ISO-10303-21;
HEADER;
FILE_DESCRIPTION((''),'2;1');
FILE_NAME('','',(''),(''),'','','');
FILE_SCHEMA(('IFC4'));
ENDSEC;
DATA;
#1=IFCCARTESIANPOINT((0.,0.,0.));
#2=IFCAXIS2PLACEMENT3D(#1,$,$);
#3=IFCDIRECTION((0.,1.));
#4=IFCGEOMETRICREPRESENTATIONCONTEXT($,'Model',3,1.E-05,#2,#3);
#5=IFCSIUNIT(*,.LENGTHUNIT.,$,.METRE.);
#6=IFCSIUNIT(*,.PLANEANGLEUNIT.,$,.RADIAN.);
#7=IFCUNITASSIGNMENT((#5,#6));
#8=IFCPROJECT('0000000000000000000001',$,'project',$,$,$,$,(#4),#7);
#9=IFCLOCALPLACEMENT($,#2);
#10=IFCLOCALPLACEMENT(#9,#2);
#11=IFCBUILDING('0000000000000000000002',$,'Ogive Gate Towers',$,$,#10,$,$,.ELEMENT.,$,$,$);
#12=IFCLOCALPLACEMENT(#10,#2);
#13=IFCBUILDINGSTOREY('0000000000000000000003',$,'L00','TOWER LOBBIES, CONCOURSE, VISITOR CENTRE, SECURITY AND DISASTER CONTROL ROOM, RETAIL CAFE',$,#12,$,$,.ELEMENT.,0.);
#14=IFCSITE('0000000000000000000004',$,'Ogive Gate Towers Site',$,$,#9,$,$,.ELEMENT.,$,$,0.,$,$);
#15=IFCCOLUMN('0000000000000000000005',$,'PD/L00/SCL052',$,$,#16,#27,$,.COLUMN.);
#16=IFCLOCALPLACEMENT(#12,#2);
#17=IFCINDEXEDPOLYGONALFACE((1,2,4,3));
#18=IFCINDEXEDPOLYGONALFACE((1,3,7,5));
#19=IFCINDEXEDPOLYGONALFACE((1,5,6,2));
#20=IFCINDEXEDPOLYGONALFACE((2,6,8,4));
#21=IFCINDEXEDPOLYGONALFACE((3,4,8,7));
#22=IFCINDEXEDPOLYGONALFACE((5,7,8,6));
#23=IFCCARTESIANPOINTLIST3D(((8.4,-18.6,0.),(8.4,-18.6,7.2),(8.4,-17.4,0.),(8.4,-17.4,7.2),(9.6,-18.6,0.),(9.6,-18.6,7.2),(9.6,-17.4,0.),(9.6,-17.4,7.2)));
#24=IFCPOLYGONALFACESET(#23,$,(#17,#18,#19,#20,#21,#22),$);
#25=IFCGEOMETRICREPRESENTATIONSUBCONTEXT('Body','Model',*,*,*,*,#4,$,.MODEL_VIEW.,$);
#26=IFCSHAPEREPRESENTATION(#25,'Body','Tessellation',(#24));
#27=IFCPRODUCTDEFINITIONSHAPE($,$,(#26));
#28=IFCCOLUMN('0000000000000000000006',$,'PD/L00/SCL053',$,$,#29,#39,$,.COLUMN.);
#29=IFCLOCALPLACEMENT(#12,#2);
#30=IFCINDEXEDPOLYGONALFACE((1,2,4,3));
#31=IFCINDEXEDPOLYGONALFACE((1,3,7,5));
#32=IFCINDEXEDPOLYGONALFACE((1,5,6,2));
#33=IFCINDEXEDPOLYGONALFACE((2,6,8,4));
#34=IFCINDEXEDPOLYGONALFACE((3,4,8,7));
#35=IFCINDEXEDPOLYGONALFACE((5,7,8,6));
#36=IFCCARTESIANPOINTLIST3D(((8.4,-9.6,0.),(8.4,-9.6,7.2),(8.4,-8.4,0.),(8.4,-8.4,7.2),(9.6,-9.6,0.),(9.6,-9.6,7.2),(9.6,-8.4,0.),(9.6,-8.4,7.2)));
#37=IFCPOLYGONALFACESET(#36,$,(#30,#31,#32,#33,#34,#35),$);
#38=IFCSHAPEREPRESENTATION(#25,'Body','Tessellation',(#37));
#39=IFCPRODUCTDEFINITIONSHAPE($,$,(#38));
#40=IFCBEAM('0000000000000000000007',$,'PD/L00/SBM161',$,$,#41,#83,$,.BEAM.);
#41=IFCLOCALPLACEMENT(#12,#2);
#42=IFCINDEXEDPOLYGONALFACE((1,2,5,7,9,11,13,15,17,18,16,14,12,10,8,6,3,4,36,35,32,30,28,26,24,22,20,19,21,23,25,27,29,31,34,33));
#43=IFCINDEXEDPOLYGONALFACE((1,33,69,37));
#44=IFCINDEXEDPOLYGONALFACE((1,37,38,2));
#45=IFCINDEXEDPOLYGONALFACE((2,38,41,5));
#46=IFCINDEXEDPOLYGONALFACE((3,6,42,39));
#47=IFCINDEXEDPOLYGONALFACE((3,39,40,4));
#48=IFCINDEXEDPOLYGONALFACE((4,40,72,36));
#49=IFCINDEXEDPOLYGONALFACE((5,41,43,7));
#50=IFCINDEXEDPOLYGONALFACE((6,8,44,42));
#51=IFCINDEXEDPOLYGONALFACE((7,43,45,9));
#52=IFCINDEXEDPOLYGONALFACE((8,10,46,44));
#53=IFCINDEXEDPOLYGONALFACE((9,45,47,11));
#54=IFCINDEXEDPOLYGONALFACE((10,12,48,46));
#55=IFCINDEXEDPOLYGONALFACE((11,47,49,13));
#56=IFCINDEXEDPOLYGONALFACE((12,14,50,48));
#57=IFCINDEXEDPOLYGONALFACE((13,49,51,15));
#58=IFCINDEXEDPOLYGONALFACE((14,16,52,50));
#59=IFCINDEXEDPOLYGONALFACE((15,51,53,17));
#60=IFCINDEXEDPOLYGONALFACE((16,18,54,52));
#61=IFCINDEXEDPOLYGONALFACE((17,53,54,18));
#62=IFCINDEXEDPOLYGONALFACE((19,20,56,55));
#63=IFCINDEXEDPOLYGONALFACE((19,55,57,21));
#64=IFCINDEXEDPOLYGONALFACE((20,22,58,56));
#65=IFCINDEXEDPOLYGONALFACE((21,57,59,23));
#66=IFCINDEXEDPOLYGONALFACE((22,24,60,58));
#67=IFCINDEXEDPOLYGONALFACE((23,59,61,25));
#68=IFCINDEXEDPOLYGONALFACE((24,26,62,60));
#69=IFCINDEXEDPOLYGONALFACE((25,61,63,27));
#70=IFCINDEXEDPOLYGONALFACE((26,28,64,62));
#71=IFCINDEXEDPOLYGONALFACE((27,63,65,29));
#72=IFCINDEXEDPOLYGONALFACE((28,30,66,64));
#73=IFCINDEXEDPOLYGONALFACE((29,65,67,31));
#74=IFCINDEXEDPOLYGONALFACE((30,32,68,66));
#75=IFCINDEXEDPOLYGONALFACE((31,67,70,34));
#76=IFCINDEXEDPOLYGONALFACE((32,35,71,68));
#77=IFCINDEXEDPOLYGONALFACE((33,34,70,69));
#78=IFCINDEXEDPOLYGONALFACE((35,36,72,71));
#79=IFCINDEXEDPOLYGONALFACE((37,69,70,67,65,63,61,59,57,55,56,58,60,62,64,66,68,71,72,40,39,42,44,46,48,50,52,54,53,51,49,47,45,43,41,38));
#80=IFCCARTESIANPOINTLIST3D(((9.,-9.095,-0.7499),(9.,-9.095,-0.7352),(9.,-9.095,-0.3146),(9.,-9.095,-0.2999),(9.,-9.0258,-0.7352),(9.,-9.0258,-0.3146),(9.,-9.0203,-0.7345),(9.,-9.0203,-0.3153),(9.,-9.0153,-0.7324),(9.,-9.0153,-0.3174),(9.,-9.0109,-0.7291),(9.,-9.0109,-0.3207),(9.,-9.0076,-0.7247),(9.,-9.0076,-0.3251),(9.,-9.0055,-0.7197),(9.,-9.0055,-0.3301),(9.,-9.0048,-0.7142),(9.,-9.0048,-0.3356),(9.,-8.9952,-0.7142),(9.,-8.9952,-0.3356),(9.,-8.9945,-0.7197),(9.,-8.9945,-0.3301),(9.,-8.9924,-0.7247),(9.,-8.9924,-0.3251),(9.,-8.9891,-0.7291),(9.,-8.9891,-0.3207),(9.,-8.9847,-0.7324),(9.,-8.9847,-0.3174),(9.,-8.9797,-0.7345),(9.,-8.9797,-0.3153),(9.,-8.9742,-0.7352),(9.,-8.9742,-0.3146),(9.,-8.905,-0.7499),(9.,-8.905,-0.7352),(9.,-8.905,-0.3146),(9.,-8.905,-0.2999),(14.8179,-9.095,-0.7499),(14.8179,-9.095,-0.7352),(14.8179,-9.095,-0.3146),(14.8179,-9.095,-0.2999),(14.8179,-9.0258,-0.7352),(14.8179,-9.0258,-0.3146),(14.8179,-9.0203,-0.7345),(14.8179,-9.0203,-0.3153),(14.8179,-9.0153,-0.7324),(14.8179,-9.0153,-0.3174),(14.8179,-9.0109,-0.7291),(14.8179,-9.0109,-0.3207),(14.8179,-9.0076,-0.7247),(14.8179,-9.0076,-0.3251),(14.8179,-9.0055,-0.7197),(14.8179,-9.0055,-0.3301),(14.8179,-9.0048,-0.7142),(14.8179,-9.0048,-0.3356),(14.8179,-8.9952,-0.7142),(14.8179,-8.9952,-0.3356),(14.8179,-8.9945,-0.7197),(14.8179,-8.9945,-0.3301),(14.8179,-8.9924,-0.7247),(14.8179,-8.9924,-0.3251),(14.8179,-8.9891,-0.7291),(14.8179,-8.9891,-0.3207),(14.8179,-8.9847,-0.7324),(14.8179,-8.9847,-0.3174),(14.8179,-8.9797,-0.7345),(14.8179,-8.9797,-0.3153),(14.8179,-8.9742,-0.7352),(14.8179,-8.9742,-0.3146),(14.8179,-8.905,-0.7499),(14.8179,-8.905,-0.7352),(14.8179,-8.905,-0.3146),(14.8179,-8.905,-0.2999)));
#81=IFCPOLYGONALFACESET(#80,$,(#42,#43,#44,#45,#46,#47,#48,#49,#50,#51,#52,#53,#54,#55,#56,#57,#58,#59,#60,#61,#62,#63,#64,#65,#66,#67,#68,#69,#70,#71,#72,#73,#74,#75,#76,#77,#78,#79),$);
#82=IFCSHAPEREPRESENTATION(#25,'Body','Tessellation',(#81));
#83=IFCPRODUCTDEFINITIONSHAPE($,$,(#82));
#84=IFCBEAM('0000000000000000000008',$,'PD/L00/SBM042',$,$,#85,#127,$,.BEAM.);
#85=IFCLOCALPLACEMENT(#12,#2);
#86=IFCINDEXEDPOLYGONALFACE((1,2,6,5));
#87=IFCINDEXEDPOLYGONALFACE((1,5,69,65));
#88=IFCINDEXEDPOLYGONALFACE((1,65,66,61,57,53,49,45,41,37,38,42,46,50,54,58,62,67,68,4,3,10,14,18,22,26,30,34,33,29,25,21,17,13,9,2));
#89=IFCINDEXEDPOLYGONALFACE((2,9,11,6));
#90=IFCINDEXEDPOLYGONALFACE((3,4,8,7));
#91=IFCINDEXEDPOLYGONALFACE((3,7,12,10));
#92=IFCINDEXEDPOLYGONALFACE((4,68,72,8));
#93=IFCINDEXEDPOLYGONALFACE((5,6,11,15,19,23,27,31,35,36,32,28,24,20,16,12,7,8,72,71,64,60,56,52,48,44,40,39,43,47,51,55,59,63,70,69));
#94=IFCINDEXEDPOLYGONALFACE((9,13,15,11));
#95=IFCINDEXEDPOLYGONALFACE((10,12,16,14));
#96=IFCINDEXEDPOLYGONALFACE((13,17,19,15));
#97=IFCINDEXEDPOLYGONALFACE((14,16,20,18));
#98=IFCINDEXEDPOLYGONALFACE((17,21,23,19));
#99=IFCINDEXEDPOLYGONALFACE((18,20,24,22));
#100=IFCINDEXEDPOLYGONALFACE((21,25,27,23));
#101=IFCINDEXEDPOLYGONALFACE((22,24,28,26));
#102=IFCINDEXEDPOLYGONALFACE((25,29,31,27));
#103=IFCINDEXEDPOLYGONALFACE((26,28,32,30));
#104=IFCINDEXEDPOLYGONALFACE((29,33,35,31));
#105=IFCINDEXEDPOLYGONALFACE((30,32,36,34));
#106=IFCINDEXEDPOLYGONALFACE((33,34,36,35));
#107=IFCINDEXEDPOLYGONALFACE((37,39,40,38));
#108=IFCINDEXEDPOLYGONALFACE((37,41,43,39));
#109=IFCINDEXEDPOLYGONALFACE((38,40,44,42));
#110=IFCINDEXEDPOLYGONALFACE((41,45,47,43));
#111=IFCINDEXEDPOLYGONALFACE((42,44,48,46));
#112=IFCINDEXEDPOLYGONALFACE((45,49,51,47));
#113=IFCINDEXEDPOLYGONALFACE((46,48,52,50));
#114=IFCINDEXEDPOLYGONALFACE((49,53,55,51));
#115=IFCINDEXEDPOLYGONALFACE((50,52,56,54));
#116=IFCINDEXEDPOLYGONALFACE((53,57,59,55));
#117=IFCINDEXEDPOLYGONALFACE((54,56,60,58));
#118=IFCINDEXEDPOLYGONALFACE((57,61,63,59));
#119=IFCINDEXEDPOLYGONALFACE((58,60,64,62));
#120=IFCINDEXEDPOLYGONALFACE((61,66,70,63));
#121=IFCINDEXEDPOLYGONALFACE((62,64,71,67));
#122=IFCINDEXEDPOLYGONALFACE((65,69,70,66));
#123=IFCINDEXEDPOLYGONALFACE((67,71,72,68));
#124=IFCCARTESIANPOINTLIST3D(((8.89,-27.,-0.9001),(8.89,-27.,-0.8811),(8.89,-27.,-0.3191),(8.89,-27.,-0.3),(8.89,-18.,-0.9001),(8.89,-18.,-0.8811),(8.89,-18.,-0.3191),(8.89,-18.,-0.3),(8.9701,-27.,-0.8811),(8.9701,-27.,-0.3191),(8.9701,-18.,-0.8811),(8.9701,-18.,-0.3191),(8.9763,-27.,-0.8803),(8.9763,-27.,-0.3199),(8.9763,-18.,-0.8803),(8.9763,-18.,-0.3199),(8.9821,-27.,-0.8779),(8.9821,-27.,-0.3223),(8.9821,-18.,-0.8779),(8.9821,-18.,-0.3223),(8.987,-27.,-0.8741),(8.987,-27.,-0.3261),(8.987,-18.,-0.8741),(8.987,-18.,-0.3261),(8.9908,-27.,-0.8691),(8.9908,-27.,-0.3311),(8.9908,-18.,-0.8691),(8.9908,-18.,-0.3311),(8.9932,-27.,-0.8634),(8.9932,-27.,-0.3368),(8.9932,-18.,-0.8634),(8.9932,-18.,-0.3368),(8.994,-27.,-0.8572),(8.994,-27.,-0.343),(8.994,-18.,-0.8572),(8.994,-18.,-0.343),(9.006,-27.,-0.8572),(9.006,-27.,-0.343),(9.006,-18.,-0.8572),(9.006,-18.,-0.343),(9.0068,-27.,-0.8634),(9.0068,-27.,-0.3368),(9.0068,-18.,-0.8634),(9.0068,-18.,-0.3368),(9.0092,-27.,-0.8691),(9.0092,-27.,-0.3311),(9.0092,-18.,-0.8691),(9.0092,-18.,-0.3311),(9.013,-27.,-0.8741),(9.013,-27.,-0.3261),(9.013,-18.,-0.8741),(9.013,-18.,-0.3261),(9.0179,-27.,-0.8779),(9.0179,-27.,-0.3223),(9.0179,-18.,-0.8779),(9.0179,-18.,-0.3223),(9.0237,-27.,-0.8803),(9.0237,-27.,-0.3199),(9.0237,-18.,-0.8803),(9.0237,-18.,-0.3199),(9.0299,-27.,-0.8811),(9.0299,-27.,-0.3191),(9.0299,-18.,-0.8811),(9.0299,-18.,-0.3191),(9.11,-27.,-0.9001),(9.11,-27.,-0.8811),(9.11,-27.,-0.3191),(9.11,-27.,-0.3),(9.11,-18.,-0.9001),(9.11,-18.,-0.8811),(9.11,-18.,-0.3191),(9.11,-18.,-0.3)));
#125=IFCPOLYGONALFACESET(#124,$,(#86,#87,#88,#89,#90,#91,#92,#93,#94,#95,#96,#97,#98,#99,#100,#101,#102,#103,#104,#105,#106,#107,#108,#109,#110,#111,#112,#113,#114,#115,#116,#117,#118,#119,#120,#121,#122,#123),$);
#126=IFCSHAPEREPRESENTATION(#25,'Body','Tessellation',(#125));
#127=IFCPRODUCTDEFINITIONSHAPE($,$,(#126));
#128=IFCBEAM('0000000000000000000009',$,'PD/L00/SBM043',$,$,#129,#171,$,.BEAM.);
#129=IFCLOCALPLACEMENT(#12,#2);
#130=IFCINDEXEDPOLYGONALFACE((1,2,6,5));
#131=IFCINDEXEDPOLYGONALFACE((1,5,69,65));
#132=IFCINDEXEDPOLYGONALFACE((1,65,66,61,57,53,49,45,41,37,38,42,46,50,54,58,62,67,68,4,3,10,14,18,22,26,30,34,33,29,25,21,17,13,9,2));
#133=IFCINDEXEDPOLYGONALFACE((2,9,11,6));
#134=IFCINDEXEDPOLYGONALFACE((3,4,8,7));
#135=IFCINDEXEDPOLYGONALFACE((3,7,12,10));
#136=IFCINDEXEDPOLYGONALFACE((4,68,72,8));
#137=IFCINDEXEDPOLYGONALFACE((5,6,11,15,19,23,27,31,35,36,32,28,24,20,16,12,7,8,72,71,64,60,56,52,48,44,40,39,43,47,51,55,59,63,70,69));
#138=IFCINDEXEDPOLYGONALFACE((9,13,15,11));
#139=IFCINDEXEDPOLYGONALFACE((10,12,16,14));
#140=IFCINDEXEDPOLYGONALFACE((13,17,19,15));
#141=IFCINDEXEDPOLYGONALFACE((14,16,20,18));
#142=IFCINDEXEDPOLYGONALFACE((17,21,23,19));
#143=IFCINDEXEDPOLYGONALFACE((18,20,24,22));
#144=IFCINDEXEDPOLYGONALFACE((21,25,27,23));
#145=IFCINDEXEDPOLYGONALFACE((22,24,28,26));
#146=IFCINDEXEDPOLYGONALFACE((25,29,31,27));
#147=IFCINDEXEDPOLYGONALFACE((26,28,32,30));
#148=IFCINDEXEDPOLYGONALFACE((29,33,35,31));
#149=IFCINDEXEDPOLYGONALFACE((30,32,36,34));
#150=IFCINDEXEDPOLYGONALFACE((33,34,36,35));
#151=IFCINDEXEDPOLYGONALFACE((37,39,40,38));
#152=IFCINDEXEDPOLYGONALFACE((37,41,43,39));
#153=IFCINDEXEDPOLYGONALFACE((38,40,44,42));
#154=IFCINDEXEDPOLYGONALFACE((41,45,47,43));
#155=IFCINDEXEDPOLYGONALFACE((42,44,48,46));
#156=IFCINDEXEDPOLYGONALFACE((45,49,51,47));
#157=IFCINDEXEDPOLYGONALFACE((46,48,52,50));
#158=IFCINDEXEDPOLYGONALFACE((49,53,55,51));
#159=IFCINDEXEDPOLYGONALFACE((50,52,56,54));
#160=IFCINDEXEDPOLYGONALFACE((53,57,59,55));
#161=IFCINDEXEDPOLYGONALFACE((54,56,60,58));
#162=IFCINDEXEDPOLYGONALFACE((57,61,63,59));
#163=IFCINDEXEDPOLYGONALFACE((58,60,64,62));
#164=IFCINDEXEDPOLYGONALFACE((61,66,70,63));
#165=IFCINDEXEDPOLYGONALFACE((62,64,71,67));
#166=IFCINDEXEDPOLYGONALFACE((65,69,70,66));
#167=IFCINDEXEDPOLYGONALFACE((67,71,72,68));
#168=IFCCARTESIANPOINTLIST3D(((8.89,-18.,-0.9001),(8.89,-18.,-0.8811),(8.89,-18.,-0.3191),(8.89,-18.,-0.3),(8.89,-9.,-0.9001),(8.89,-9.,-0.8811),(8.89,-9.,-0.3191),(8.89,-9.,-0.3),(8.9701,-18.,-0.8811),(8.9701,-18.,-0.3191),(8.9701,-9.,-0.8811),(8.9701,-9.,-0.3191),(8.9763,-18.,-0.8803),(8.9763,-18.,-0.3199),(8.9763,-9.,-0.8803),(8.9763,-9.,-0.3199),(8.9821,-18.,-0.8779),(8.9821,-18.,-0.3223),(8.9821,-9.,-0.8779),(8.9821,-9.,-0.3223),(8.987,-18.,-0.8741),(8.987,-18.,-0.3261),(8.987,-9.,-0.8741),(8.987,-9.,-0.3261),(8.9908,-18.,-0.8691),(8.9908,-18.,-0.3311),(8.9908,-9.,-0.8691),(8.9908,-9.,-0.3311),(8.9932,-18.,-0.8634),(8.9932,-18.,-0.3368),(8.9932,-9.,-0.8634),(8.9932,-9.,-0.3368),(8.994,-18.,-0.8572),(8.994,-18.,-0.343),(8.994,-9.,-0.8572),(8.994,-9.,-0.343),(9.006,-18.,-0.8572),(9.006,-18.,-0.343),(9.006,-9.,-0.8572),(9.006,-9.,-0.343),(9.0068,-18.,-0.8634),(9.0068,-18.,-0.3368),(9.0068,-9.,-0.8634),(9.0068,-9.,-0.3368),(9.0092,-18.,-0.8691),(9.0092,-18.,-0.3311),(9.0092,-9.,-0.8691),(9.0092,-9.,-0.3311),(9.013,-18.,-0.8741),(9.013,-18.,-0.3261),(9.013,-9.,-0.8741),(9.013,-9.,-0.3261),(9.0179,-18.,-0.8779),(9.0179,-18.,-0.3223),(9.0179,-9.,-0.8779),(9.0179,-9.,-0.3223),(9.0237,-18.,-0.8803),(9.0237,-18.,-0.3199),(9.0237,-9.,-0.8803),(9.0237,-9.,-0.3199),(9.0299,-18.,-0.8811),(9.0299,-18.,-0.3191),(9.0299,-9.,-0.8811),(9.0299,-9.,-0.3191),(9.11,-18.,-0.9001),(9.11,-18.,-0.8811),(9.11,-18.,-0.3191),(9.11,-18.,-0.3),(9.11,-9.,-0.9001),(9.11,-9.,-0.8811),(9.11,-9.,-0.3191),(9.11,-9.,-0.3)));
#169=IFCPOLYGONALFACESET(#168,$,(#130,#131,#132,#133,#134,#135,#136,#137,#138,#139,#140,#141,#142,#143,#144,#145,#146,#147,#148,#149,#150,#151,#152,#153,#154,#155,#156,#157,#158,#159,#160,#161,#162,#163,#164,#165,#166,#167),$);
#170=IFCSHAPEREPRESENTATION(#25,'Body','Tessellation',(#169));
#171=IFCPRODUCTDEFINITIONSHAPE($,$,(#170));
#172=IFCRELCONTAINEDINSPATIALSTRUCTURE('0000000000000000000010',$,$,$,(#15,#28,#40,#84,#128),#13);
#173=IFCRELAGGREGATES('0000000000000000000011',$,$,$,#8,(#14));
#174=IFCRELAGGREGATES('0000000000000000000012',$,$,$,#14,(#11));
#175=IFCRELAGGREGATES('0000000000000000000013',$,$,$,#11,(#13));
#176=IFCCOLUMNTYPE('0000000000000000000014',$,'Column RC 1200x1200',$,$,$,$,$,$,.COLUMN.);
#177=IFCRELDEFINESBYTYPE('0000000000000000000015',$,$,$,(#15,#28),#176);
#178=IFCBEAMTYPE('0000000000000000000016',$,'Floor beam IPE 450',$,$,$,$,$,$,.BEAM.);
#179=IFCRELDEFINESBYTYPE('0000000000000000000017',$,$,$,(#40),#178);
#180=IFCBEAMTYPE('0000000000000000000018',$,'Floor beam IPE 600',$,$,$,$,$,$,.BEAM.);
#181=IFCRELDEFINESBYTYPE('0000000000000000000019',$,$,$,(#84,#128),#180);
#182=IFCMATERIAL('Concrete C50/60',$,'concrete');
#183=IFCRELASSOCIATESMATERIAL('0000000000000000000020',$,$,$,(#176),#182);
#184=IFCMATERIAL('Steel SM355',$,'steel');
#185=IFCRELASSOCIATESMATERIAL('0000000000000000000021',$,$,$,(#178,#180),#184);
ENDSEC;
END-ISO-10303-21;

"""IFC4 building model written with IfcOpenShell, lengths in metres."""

from ifc_helpers import new_model, si_unit, direction, frame, origin, origin_2d, place, context, subcontext, project, spatial, rectangle, i_section, extrude, material, material_profile, profile_set, type_object, element, save


model = new_model("IFC4")

# Units and contexts
model_context = context("Model", 3, precision=1e-05, world=origin(), true_north=direction((0.0, 1.0)))
body_context = subcontext(model_context, "Body", "Model", "MODEL_VIEW")
ifc_project = project(units=[si_unit("LENGTHUNIT", "METRE"), si_unit("PLANEANGLEUNIT", "RADIAN")], contexts=[model_context])

# Site, building, storey
site_placement = place(None, origin())
site = spatial("IfcSite", under=ifc_project, at=site_placement, Name="Ogive Gate Towers Site", CompositionType="ELEMENT", RefElevation=0.0)
building_placement = place(site_placement, origin())
building = spatial("IfcBuilding", under=site, at=building_placement, Name="Ogive Gate Towers", CompositionType="ELEMENT")
storey_placement = place(building_placement, origin())
storey = spatial("IfcBuildingStorey", under=building, at=storey_placement, Name="L00", Description="TOWER LOBBIES, CONCOURSE, VISITOR CENTRE, SECURITY AND DISASTER CONTROL ROOM, RETAIL CAFE", CompositionType="ELEMENT", Elevation=0.0)

# Columns
ifc_material_1 = material(Name="Concrete C50/60", Category="concrete")
ifc_material_profile_1 = material_profile(ifc_material_1, rectangle(XDim=1.2, YDim=1.2, at=origin_2d()), Name="RC 1200x1200")
ifc_profile_set_1 = profile_set([ifc_material_profile_1], Name="Concrete C50/60")
column_type = type_object("IfcColumnType", Name="Column RC 1200x1200", PredefinedType="COLUMN", material=ifc_profile_set_1)
for number, where, z_axis, x_axis, name in (
    (1, (9.0, -18.0, 0.0), (0.0, 0.0, 1.0), (1.0, 0.0, 0.0), "PD/L00/SCL052"),
    (2, (9.0, -9.0, 0.0), (0.0, 0.0, 1.0), (1.0, 0.0, 0.0), "PD/L00/SCL053"),
):
    element("IfcColumn", number, at=place(storey_placement, frame(where, z_axis=z_axis, x_axis=x_axis)), inside=storey, type_object=column_type, Name=name, PredefinedType="COLUMN", context=body_context, shape_type="SweptSolid", body=[
        extrude(rectangle(XDim=1.2, YDim=1.2, at=origin_2d()), origin(), (0.0, 0.0, 1.0), 7.2),
    ])

# Beams
ifc_material_2 = material(Name="Steel SM355", Category="steel")
ifc_material_profile_2 = material_profile(ifc_material_2, i_section(OverallWidth=0.1899, OverallDepth=0.45, WebThickness=0.0095, FlangeThickness=0.0146, FilletRadius=0.021, at=origin_2d()), Name="IPE 450")
ifc_profile_set_2 = profile_set([ifc_material_profile_2], Name="Steel SM355")
beam_type_1 = type_object("IfcBeamType", Name="Floor beam IPE 450", PredefinedType="BEAM", material=ifc_profile_set_2)
beam_1_placement = place(storey_placement, frame((9.0, -9.0, -0.5249), z_axis=(1.0, 0.0, 0.0), x_axis=(0.0, 1.0, 0.0)))
element("IfcBeam", 3, at=beam_1_placement, inside=storey, type_object=beam_type_1, Name="PD/L00/SBM161", PredefinedType="BEAM", context=body_context, shape_type="SweptSolid", body=[
    extrude(i_section(OverallWidth=0.1899, OverallDepth=0.45, WebThickness=0.0095, FlangeThickness=0.0146, FilletRadius=0.021, at=origin_2d()), origin(), (0.0, 0.0, 1.0), 5.8179),
])
ifc_material_profile_3 = material_profile(ifc_material_2, i_section(OverallWidth=0.22, OverallDepth=0.6001, WebThickness=0.012, FlangeThickness=0.019, FilletRadius=0.0239, at=origin_2d()), Name="IPE 600")
ifc_profile_set_3 = profile_set([ifc_material_profile_3], Name="Steel SM355")
beam_type_2 = type_object("IfcBeamType", Name="Floor beam IPE 600", PredefinedType="BEAM", material=ifc_profile_set_3)
for number, where, z_axis, x_axis, name in (
    (4, (9.0, -27.0, -0.6001), (0.0, 1.0, 0.0), (-1.0, 0.0, 0.0), "PD/L00/SBM042"),
    (5, (9.0, -18.0, -0.6001), (0.0, 1.0, 0.0), (-1.0, 0.0, 0.0), "PD/L00/SBM043"),
):
    element("IfcBeam", number, at=place(storey_placement, frame(where, z_axis=z_axis, x_axis=x_axis)), inside=storey, type_object=beam_type_2, Name=name, PredefinedType="BEAM", context=body_context, shape_type="SweptSolid", body=[
        extrude(i_section(OverallWidth=0.22, OverallDepth=0.6001, WebThickness=0.012, FlangeThickness=0.019, FilletRadius=0.0239, at=origin_2d()), origin(), (0.0, 0.0, 1.0), 9.0),
    ])

save(model, "model.ifc")
